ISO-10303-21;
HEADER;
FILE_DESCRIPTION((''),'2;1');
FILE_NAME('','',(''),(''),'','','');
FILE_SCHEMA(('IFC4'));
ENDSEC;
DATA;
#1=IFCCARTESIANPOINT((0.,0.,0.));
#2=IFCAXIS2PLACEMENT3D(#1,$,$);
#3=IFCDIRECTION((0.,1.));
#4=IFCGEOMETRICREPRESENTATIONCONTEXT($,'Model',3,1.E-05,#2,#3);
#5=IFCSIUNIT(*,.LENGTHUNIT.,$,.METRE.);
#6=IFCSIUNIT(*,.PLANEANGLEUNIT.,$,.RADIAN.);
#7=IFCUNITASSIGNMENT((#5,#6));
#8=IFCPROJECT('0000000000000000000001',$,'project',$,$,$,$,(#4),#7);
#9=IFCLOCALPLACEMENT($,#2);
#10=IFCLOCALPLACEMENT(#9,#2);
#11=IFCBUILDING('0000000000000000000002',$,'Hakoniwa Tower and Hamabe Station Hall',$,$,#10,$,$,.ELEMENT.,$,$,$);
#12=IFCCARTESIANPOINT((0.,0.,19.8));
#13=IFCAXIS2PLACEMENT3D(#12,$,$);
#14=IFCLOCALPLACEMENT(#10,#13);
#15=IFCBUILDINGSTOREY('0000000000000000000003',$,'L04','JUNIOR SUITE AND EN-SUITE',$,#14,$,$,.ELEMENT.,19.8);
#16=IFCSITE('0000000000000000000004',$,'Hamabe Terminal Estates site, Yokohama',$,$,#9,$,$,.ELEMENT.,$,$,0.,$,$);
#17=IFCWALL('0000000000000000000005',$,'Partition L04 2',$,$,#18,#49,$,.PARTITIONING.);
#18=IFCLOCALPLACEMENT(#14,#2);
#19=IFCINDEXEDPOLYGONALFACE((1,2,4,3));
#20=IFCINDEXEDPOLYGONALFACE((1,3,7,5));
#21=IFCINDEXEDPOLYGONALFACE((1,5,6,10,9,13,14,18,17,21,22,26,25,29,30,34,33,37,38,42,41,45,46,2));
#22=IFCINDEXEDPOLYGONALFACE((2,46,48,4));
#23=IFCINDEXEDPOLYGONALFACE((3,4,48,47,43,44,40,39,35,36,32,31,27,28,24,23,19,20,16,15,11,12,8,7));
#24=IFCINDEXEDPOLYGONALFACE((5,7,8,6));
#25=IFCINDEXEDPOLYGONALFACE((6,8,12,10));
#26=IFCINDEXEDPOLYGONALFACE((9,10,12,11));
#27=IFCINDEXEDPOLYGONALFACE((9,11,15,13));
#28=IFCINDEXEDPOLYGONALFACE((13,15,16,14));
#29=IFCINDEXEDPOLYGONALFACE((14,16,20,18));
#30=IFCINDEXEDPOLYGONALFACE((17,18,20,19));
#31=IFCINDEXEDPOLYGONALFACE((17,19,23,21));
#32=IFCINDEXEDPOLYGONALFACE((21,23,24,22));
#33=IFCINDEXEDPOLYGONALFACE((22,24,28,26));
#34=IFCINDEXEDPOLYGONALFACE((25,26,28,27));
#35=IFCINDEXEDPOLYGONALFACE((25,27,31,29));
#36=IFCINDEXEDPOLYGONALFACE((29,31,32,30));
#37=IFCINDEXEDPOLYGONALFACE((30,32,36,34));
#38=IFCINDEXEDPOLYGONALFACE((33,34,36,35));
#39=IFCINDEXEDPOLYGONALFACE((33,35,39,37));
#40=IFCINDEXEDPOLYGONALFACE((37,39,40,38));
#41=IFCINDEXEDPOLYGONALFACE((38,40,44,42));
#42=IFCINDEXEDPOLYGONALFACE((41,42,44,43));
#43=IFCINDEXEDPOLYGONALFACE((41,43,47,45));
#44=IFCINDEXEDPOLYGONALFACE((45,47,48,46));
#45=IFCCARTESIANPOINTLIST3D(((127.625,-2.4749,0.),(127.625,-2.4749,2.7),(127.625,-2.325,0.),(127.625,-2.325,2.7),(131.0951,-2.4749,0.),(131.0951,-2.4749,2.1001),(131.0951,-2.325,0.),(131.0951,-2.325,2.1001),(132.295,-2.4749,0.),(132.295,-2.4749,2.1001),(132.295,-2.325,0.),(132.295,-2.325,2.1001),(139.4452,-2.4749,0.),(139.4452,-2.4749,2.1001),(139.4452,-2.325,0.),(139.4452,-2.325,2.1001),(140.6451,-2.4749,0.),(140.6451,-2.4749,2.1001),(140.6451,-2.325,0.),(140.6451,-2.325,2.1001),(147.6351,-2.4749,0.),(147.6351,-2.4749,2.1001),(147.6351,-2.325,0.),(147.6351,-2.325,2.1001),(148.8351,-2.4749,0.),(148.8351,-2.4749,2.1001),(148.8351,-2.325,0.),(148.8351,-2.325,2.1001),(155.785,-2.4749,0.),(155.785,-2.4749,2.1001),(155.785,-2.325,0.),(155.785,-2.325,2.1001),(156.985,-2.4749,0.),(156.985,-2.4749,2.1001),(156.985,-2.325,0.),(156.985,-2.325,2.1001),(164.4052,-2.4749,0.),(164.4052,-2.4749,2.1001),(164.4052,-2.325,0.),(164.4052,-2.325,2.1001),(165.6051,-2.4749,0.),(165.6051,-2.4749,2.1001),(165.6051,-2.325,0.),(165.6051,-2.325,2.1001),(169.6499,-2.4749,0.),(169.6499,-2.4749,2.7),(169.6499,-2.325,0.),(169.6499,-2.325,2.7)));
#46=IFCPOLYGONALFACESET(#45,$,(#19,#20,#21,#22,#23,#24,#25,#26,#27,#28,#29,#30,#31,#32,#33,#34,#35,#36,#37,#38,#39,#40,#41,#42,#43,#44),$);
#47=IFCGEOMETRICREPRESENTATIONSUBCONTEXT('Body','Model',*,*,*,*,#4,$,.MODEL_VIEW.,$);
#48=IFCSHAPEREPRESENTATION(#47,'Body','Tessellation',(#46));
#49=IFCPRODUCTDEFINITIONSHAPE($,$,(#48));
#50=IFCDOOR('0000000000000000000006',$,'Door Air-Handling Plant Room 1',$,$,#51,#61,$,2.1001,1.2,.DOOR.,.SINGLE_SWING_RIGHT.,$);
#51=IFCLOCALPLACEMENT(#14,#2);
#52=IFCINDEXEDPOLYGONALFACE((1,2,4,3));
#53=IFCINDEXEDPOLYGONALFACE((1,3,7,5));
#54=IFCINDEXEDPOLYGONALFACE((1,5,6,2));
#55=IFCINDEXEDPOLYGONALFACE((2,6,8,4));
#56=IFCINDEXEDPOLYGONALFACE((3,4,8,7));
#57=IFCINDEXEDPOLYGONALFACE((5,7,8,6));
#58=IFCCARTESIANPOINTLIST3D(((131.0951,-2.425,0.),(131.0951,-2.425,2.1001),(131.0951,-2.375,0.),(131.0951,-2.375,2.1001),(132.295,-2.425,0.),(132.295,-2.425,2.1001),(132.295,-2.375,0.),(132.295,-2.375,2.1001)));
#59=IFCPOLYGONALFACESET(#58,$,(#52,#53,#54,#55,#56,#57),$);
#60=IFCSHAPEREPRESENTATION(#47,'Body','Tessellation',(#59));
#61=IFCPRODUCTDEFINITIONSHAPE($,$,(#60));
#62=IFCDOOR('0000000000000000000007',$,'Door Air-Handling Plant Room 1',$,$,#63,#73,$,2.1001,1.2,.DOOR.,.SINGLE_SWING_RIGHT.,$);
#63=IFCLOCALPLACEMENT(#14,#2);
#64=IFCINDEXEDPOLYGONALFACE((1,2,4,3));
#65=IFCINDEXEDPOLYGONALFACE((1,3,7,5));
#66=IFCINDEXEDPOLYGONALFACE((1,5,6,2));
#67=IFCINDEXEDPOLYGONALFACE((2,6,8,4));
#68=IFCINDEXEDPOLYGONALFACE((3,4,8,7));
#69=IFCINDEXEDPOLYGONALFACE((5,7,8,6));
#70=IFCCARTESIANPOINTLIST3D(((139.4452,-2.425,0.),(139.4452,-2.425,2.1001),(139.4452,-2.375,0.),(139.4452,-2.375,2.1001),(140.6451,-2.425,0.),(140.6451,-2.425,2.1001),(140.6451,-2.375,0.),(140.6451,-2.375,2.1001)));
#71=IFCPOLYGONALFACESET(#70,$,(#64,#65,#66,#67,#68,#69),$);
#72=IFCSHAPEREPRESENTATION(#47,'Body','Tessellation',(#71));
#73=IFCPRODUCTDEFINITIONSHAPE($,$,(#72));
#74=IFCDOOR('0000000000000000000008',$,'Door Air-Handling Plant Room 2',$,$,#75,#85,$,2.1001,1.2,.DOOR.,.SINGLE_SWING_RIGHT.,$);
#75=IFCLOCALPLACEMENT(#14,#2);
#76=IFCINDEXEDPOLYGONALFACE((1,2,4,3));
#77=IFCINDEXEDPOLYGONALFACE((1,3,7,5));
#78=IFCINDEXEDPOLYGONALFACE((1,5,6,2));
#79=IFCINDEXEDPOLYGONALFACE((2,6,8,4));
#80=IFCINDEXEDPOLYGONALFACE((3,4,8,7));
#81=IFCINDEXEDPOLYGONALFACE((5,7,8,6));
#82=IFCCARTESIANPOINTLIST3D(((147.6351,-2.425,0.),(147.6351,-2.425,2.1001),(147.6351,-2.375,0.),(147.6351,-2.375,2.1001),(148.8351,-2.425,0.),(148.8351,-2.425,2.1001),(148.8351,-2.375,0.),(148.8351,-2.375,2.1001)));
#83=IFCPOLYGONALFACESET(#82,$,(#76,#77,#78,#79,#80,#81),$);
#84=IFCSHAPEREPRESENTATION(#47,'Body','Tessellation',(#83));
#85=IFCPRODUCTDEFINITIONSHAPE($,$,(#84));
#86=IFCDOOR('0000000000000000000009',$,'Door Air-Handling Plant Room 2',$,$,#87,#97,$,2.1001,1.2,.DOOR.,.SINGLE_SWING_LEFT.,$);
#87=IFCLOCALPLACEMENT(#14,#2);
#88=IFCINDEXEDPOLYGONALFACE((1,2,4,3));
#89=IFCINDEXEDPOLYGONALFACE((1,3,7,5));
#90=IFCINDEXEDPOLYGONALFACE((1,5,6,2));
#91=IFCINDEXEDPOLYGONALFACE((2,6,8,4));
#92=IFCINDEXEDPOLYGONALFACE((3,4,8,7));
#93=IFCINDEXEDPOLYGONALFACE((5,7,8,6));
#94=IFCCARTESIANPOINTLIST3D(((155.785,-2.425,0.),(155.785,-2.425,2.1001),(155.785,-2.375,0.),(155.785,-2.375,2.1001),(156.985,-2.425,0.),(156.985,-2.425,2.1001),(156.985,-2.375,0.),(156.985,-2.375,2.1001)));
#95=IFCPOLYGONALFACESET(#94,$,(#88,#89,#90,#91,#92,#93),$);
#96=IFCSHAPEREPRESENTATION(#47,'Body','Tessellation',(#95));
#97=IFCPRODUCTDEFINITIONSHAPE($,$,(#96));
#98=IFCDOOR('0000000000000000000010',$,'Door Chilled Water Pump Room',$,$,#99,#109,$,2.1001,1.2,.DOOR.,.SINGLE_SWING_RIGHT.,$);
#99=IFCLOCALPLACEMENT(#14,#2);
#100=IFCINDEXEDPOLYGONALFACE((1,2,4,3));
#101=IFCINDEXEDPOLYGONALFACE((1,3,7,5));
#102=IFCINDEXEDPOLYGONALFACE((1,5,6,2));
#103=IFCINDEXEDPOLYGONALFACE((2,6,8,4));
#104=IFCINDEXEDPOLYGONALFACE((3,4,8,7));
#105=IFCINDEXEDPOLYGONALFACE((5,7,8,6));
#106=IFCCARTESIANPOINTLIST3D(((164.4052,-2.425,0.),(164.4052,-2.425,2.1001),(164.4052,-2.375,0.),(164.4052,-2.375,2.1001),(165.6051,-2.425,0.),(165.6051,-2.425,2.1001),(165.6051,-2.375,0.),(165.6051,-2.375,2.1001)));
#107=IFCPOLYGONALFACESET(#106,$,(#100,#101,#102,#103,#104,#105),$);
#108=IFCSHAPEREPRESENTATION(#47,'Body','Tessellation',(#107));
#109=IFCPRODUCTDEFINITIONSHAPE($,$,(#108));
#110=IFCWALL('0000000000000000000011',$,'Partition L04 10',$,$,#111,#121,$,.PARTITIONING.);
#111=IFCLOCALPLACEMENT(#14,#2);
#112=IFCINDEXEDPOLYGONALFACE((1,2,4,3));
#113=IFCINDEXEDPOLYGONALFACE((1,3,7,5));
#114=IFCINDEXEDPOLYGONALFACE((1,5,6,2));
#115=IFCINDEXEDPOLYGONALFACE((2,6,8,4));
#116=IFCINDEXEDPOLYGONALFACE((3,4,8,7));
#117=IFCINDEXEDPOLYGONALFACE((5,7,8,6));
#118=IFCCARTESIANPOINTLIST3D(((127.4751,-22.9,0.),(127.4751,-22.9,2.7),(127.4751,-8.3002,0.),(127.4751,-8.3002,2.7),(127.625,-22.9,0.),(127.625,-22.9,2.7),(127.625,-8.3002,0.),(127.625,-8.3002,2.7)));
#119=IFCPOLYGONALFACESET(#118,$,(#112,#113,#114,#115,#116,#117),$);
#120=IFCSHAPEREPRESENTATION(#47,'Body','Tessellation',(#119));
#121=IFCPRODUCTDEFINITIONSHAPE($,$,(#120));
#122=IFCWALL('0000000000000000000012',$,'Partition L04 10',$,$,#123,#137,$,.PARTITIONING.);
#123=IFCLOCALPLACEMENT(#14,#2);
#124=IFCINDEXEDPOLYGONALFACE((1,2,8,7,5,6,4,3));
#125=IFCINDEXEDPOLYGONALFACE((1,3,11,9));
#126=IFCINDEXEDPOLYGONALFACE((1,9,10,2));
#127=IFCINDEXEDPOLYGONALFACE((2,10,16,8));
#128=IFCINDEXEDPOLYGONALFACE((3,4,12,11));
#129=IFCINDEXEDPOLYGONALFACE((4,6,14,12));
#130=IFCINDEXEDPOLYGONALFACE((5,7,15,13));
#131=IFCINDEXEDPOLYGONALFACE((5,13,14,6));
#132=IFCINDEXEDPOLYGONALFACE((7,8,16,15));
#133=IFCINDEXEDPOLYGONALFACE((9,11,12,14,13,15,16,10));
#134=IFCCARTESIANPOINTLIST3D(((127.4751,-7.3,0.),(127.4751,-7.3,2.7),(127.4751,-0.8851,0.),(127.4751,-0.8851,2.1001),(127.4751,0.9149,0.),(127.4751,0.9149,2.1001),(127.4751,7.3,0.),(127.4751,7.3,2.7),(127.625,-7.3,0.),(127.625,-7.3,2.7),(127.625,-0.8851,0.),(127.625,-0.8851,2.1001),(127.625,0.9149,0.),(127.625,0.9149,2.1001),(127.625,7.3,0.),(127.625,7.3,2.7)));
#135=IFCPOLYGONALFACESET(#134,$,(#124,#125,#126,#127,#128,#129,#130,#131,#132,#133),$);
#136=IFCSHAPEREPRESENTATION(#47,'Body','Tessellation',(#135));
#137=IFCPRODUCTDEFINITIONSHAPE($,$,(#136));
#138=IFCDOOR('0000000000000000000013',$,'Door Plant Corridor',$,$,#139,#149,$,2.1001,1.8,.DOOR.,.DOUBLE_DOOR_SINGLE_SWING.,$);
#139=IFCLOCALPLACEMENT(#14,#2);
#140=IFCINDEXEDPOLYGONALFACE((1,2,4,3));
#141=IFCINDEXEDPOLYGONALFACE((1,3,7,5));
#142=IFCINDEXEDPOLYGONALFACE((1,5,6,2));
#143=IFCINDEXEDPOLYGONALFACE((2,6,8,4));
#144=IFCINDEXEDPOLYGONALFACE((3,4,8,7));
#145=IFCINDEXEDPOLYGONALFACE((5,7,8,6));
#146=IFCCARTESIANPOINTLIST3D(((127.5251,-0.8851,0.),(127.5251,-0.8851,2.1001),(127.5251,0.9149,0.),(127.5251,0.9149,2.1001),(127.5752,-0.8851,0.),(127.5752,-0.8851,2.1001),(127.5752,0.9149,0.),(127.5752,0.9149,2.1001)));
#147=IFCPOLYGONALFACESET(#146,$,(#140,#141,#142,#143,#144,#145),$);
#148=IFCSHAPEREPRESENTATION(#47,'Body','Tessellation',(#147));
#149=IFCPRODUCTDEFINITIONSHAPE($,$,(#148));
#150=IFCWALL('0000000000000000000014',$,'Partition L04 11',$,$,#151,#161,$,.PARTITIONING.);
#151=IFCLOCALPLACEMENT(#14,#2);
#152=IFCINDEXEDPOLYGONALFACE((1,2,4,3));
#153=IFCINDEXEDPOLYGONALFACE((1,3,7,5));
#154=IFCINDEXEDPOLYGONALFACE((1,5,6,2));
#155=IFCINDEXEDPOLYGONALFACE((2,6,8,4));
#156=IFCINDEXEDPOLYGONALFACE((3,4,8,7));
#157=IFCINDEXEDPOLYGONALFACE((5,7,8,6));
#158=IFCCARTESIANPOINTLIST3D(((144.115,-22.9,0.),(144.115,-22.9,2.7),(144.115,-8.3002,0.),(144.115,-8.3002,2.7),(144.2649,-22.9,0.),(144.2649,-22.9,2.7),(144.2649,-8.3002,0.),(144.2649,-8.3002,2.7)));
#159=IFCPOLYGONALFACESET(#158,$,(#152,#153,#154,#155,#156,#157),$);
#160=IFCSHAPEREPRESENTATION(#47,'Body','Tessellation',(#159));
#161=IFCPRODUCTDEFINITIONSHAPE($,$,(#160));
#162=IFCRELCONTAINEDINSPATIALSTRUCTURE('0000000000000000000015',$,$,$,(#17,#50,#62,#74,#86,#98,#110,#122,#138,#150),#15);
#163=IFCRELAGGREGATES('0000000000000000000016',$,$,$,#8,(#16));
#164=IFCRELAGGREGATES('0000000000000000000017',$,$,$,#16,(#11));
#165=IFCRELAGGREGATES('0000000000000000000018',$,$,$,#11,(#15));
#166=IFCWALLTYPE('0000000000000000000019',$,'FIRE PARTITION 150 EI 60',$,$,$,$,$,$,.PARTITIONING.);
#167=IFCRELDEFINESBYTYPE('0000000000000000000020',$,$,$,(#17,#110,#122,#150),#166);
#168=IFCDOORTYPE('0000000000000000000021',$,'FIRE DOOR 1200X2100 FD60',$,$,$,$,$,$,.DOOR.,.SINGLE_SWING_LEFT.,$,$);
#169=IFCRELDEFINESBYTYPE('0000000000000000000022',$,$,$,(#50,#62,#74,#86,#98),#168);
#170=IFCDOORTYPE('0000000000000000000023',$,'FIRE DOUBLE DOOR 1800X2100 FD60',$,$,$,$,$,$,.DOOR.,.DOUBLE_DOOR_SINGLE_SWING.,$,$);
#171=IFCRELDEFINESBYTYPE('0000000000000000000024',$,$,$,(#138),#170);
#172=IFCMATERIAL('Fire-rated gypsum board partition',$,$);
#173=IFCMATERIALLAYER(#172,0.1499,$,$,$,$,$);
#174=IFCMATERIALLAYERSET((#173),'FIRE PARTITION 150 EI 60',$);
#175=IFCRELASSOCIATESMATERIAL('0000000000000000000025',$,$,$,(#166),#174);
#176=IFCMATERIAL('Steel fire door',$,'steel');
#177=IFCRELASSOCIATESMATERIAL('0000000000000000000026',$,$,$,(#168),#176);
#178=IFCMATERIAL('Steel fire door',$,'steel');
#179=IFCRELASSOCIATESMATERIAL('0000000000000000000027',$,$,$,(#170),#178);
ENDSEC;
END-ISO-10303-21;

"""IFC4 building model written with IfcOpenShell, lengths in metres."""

from ifc_helpers import new_model, si_unit, direction, frame, frame_2d, origin, place, context, subcontext, project, spatial, rectangle, extrude, material, layer, layer_set, type_object, element, fill, save


model = new_model("IFC4")

# Units and contexts
model_context = context("Model", 3, precision=1e-05, world=origin(), true_north=direction((0.0, 1.0)))
body_context = subcontext(model_context, "Body", "Model", "MODEL_VIEW")
ifc_project = project(units=[si_unit("LENGTHUNIT", "METRE"), si_unit("PLANEANGLEUNIT", "RADIAN")], contexts=[model_context])

# Site, building, storey
site_placement = place(None, origin())
site = spatial("IfcSite", under=ifc_project, at=site_placement, Name="Hamabe Terminal Estates site, Yokohama", CompositionType="ELEMENT", RefElevation=0.0)
building_placement = place(site_placement, origin())
building = spatial("IfcBuilding", under=site, at=building_placement, Name="Hakoniwa Tower and Hamabe Station Hall", CompositionType="ELEMENT")
storey_placement = place(building_placement, frame((0.0, 0.0, 19.8)))
storey = spatial("IfcBuildingStorey", under=building, at=storey_placement, Name="L04", Description="JUNIOR SUITE AND EN-SUITE", CompositionType="ELEMENT", Elevation=19.8)

# Wall, openings, doors
ifc_material_1 = material(Name="Fire-rated gypsum board partition")
ifc_layer_1 = layer(ifc_material_1, 0.1499)
ifc_layer_set_1 = layer_set([ifc_layer_1], Name="FIRE PARTITION 150 EI 60")
wall_type = type_object("IfcWallType", Name="FIRE PARTITION 150 EI 60", PredefinedType="PARTITIONING", material=ifc_layer_set_1)
wall_1_placement = place(storey_placement, frame((127.625, -2.3999, 0.0), z_axis=(0.0, 0.0, 1.0), x_axis=(1.0, 0.0, 0.0)))
wall_1 = element("IfcWall", 1, at=wall_1_placement, inside=storey, type_object=wall_type, Name="Partition L04 2", PredefinedType="PARTITIONING", context=body_context, shape_type="SweptSolid", body=[
    extrude(rectangle(XDim=42.0249, YDim=0.1499, at=frame_2d((21.0125, 0.0))), origin(), (0.0, 0.0, 1.0), 2.7),
])
opening_1_placement = place(wall_1_placement, frame((3.47, 0.0, 0.0)))
opening_1 = element("IfcOpeningElement", 2, at=opening_1_placement, cuts=wall_1, PredefinedType="OPENING", context=body_context, shape_type="SweptSolid", body=[
    extrude(rectangle(XDim=1.2, YDim=2.1001, at=frame_2d((0.6001, 1.05))), frame((0.0, 0.085, 0.0), z_axis=(0.0, -1.0, 0.0), x_axis=(1.0, 0.0, 0.0)), (0.0, 0.0, 1.0), 0.1699),
])
opening_2_placement = place(wall_1_placement, frame((11.8201, 0.0, 0.0)))
opening_2 = element("IfcOpeningElement", 3, at=opening_2_placement, cuts=wall_1, PredefinedType="OPENING", context=body_context, shape_type="SweptSolid", body=[
    extrude(rectangle(XDim=1.2, YDim=2.1001, at=frame_2d((0.6001, 1.05))), frame((0.0, 0.085, 0.0), z_axis=(0.0, -1.0, 0.0), x_axis=(1.0, 0.0, 0.0)), (0.0, 0.0, 1.0), 0.1699),
])
opening_3_placement = place(wall_1_placement, frame((20.01, 0.0, 0.0)))
opening_3 = element("IfcOpeningElement", 4, at=opening_3_placement, cuts=wall_1, PredefinedType="OPENING", context=body_context, shape_type="SweptSolid", body=[
    extrude(rectangle(XDim=1.2, YDim=2.1001, at=frame_2d((0.6001, 1.05))), frame((0.0, 0.085, 0.0), z_axis=(0.0, -1.0, 0.0), x_axis=(1.0, 0.0, 0.0)), (0.0, 0.0, 1.0), 0.1699),
])
opening_4_placement = place(wall_1_placement, frame((28.1599, 0.0, 0.0)))
opening_4 = element("IfcOpeningElement", 5, at=opening_4_placement, cuts=wall_1, PredefinedType="OPENING", context=body_context, shape_type="SweptSolid", body=[
    extrude(rectangle(XDim=1.2, YDim=2.1001, at=frame_2d((0.6001, 1.05))), frame((0.0, 0.085, 0.0), z_axis=(0.0, -1.0, 0.0), x_axis=(1.0, 0.0, 0.0)), (0.0, 0.0, 1.0), 0.1699),
])
opening_5_placement = place(wall_1_placement, frame((36.78, 0.0, 0.0)))
opening_5 = element("IfcOpeningElement", 6, at=opening_5_placement, cuts=wall_1, PredefinedType="OPENING", context=body_context, shape_type="SweptSolid", body=[
    extrude(rectangle(XDim=1.2, YDim=2.1001, at=frame_2d((0.6001, 1.05))), frame((0.0, 0.085, 0.0), z_axis=(0.0, -1.0, 0.0), x_axis=(1.0, 0.0, 0.0)), (0.0, 0.0, 1.0), 0.1699),
])
ifc_material_2 = material(Name="Steel fire door", Category="steel")
door_type_1 = type_object("IfcDoorType", Name="FIRE DOOR 1200X2100 FD60", OperationType="SINGLE_SWING_LEFT", PredefinedType="DOOR", material=ifc_material_2)
door_1_placement = place(opening_1_placement, origin())
door_1 = element("IfcDoor", 7, at=door_1_placement, inside=storey, type_object=door_type_1, Name="Door Air-Handling Plant Room 1", OperationType="SINGLE_SWING_RIGHT", OverallHeight=2.1001, OverallWidth=1.2, PredefinedType="DOOR", context=body_context, shape_type="SweptSolid", body=[
    extrude(rectangle(XDim=1.2, YDim=2.1001, at=frame_2d((0.6001, 1.05))), frame((0.0, 0.0249, 0.0), z_axis=(0.0, -1.0, 0.0), x_axis=(1.0, 0.0, 0.0)), (0.0, 0.0, 1.0), 0.05),
])
fill(opening_1, door_1)
door_2_placement = place(opening_2_placement, origin())
door_2 = element("IfcDoor", 8, at=door_2_placement, inside=storey, type_object=door_type_1, Name="Door Air-Handling Plant Room 1", OperationType="SINGLE_SWING_RIGHT", OverallHeight=2.1001, OverallWidth=1.2, PredefinedType="DOOR", context=body_context, shape_type="SweptSolid", body=[
    extrude(rectangle(XDim=1.2, YDim=2.1001, at=frame_2d((0.6001, 1.05))), frame((0.0, 0.0249, 0.0), z_axis=(0.0, -1.0, 0.0), x_axis=(1.0, 0.0, 0.0)), (0.0, 0.0, 1.0), 0.05),
])
fill(opening_2, door_2)
door_3_placement = place(opening_3_placement, origin())
door_3 = element("IfcDoor", 9, at=door_3_placement, inside=storey, type_object=door_type_1, Name="Door Air-Handling Plant Room 2", OperationType="SINGLE_SWING_RIGHT", OverallHeight=2.1001, OverallWidth=1.2, PredefinedType="DOOR", context=body_context, shape_type="SweptSolid", body=[
    extrude(rectangle(XDim=1.2, YDim=2.1001, at=frame_2d((0.6001, 1.05))), frame((0.0, 0.0249, 0.0), z_axis=(0.0, -1.0, 0.0), x_axis=(1.0, 0.0, 0.0)), (0.0, 0.0, 1.0), 0.05),
])
fill(opening_3, door_3)
door_4_placement = place(opening_4_placement, origin())
door_4 = element("IfcDoor", 10, at=door_4_placement, inside=storey, type_object=door_type_1, Name="Door Air-Handling Plant Room 2", OperationType="SINGLE_SWING_LEFT", OverallHeight=2.1001, OverallWidth=1.2, PredefinedType="DOOR", context=body_context, shape_type="SweptSolid", body=[
    extrude(rectangle(XDim=1.2, YDim=2.1001, at=frame_2d((0.6001, 1.05))), frame((0.0, 0.0249, 0.0), z_axis=(0.0, -1.0, 0.0), x_axis=(1.0, 0.0, 0.0)), (0.0, 0.0, 1.0), 0.05),
])
fill(opening_4, door_4)
door_5_placement = place(opening_5_placement, origin())
door_5 = element("IfcDoor", 11, at=door_5_placement, inside=storey, type_object=door_type_1, Name="Door Chilled Water Pump Room", OperationType="SINGLE_SWING_RIGHT", OverallHeight=2.1001, OverallWidth=1.2, PredefinedType="DOOR", context=body_context, shape_type="SweptSolid", body=[
    extrude(rectangle(XDim=1.2, YDim=2.1001, at=frame_2d((0.6001, 1.05))), frame((0.0, 0.0249, 0.0), z_axis=(0.0, -1.0, 0.0), x_axis=(1.0, 0.0, 0.0)), (0.0, 0.0, 1.0), 0.05),
])
fill(opening_5, door_5)

# Wall
wall_2_placement = place(storey_placement, frame((127.55, -22.8999, 0.0), z_axis=(0.0, 0.0, 1.0), x_axis=(0.0, 1.0, 0.0)))
element("IfcWall", 12, at=wall_2_placement, inside=storey, type_object=wall_type, Name="Partition L04 10", PredefinedType="PARTITIONING", context=body_context, shape_type="SweptSolid", body=[
    extrude(rectangle(XDim=14.5999, YDim=0.1499, at=frame_2d((7.2998, 0.0))), origin(), (0.0, 0.0, 1.0), 2.7),
])

# Wall, opening, door
wall_3_placement = place(storey_placement, frame((127.55, -7.3, 0.0), z_axis=(0.0, 0.0, 1.0), x_axis=(0.0, 1.0, 0.0)))
wall_3 = element("IfcWall", 13, at=wall_3_placement, inside=storey, type_object=wall_type, Name="Partition L04 10", PredefinedType="PARTITIONING", context=body_context, shape_type="SweptSolid", body=[
    extrude(rectangle(XDim=14.6001, YDim=0.1499, at=frame_2d((7.3, 0.0))), origin(), (0.0, 0.0, 1.0), 2.7),
])
opening_6_placement = place(wall_3_placement, frame((6.415, 0.0, 0.0)))
opening_6 = element("IfcOpeningElement", 14, at=opening_6_placement, cuts=wall_3, PredefinedType="OPENING", context=body_context, shape_type="SweptSolid", body=[
    extrude(rectangle(XDim=1.8, YDim=2.1001, at=frame_2d((0.8999, 1.05))), frame((0.0, 0.085, 0.0), z_axis=(0.0, -1.0, 0.0), x_axis=(1.0, 0.0, 0.0)), (0.0, 0.0, 1.0), 0.1699),
])
ifc_material_3 = material(Name="Steel fire door", Category="steel")
door_type_2 = type_object("IfcDoorType", Name="FIRE DOUBLE DOOR 1800X2100 FD60", OperationType="DOUBLE_DOOR_SINGLE_SWING", PredefinedType="DOOR", material=ifc_material_3)
door_6_placement = place(opening_6_placement, origin())
door_6 = element("IfcDoor", 15, at=door_6_placement, inside=storey, type_object=door_type_2, Name="Door Plant Corridor", OperationType="DOUBLE_DOOR_SINGLE_SWING", OverallHeight=2.1001, OverallWidth=1.8, PredefinedType="DOOR", context=body_context, shape_type="SweptSolid", body=[
    extrude(rectangle(XDim=1.8, YDim=2.1001, at=frame_2d((0.8999, 1.05))), frame((0.0, 0.0249, 0.0), z_axis=(0.0, -1.0, 0.0), x_axis=(1.0, 0.0, 0.0)), (0.0, 0.0, 1.0), 0.05),
])
fill(opening_6, door_6)

# Wall
wall_4_placement = place(storey_placement, frame((144.1899, -22.8999, 0.0), z_axis=(0.0, 0.0, 1.0), x_axis=(0.0, 1.0, 0.0)))
element("IfcWall", 16, at=wall_4_placement, inside=storey, type_object=wall_type, Name="Partition L04 11", PredefinedType="PARTITIONING", context=body_context, shape_type="SweptSolid", body=[
    extrude(rectangle(XDim=14.5999, YDim=0.1499, at=frame_2d((7.2998, 0.0))), origin(), (0.0, 0.0, 1.0), 2.7),
])

save(model, "model.ifc")
